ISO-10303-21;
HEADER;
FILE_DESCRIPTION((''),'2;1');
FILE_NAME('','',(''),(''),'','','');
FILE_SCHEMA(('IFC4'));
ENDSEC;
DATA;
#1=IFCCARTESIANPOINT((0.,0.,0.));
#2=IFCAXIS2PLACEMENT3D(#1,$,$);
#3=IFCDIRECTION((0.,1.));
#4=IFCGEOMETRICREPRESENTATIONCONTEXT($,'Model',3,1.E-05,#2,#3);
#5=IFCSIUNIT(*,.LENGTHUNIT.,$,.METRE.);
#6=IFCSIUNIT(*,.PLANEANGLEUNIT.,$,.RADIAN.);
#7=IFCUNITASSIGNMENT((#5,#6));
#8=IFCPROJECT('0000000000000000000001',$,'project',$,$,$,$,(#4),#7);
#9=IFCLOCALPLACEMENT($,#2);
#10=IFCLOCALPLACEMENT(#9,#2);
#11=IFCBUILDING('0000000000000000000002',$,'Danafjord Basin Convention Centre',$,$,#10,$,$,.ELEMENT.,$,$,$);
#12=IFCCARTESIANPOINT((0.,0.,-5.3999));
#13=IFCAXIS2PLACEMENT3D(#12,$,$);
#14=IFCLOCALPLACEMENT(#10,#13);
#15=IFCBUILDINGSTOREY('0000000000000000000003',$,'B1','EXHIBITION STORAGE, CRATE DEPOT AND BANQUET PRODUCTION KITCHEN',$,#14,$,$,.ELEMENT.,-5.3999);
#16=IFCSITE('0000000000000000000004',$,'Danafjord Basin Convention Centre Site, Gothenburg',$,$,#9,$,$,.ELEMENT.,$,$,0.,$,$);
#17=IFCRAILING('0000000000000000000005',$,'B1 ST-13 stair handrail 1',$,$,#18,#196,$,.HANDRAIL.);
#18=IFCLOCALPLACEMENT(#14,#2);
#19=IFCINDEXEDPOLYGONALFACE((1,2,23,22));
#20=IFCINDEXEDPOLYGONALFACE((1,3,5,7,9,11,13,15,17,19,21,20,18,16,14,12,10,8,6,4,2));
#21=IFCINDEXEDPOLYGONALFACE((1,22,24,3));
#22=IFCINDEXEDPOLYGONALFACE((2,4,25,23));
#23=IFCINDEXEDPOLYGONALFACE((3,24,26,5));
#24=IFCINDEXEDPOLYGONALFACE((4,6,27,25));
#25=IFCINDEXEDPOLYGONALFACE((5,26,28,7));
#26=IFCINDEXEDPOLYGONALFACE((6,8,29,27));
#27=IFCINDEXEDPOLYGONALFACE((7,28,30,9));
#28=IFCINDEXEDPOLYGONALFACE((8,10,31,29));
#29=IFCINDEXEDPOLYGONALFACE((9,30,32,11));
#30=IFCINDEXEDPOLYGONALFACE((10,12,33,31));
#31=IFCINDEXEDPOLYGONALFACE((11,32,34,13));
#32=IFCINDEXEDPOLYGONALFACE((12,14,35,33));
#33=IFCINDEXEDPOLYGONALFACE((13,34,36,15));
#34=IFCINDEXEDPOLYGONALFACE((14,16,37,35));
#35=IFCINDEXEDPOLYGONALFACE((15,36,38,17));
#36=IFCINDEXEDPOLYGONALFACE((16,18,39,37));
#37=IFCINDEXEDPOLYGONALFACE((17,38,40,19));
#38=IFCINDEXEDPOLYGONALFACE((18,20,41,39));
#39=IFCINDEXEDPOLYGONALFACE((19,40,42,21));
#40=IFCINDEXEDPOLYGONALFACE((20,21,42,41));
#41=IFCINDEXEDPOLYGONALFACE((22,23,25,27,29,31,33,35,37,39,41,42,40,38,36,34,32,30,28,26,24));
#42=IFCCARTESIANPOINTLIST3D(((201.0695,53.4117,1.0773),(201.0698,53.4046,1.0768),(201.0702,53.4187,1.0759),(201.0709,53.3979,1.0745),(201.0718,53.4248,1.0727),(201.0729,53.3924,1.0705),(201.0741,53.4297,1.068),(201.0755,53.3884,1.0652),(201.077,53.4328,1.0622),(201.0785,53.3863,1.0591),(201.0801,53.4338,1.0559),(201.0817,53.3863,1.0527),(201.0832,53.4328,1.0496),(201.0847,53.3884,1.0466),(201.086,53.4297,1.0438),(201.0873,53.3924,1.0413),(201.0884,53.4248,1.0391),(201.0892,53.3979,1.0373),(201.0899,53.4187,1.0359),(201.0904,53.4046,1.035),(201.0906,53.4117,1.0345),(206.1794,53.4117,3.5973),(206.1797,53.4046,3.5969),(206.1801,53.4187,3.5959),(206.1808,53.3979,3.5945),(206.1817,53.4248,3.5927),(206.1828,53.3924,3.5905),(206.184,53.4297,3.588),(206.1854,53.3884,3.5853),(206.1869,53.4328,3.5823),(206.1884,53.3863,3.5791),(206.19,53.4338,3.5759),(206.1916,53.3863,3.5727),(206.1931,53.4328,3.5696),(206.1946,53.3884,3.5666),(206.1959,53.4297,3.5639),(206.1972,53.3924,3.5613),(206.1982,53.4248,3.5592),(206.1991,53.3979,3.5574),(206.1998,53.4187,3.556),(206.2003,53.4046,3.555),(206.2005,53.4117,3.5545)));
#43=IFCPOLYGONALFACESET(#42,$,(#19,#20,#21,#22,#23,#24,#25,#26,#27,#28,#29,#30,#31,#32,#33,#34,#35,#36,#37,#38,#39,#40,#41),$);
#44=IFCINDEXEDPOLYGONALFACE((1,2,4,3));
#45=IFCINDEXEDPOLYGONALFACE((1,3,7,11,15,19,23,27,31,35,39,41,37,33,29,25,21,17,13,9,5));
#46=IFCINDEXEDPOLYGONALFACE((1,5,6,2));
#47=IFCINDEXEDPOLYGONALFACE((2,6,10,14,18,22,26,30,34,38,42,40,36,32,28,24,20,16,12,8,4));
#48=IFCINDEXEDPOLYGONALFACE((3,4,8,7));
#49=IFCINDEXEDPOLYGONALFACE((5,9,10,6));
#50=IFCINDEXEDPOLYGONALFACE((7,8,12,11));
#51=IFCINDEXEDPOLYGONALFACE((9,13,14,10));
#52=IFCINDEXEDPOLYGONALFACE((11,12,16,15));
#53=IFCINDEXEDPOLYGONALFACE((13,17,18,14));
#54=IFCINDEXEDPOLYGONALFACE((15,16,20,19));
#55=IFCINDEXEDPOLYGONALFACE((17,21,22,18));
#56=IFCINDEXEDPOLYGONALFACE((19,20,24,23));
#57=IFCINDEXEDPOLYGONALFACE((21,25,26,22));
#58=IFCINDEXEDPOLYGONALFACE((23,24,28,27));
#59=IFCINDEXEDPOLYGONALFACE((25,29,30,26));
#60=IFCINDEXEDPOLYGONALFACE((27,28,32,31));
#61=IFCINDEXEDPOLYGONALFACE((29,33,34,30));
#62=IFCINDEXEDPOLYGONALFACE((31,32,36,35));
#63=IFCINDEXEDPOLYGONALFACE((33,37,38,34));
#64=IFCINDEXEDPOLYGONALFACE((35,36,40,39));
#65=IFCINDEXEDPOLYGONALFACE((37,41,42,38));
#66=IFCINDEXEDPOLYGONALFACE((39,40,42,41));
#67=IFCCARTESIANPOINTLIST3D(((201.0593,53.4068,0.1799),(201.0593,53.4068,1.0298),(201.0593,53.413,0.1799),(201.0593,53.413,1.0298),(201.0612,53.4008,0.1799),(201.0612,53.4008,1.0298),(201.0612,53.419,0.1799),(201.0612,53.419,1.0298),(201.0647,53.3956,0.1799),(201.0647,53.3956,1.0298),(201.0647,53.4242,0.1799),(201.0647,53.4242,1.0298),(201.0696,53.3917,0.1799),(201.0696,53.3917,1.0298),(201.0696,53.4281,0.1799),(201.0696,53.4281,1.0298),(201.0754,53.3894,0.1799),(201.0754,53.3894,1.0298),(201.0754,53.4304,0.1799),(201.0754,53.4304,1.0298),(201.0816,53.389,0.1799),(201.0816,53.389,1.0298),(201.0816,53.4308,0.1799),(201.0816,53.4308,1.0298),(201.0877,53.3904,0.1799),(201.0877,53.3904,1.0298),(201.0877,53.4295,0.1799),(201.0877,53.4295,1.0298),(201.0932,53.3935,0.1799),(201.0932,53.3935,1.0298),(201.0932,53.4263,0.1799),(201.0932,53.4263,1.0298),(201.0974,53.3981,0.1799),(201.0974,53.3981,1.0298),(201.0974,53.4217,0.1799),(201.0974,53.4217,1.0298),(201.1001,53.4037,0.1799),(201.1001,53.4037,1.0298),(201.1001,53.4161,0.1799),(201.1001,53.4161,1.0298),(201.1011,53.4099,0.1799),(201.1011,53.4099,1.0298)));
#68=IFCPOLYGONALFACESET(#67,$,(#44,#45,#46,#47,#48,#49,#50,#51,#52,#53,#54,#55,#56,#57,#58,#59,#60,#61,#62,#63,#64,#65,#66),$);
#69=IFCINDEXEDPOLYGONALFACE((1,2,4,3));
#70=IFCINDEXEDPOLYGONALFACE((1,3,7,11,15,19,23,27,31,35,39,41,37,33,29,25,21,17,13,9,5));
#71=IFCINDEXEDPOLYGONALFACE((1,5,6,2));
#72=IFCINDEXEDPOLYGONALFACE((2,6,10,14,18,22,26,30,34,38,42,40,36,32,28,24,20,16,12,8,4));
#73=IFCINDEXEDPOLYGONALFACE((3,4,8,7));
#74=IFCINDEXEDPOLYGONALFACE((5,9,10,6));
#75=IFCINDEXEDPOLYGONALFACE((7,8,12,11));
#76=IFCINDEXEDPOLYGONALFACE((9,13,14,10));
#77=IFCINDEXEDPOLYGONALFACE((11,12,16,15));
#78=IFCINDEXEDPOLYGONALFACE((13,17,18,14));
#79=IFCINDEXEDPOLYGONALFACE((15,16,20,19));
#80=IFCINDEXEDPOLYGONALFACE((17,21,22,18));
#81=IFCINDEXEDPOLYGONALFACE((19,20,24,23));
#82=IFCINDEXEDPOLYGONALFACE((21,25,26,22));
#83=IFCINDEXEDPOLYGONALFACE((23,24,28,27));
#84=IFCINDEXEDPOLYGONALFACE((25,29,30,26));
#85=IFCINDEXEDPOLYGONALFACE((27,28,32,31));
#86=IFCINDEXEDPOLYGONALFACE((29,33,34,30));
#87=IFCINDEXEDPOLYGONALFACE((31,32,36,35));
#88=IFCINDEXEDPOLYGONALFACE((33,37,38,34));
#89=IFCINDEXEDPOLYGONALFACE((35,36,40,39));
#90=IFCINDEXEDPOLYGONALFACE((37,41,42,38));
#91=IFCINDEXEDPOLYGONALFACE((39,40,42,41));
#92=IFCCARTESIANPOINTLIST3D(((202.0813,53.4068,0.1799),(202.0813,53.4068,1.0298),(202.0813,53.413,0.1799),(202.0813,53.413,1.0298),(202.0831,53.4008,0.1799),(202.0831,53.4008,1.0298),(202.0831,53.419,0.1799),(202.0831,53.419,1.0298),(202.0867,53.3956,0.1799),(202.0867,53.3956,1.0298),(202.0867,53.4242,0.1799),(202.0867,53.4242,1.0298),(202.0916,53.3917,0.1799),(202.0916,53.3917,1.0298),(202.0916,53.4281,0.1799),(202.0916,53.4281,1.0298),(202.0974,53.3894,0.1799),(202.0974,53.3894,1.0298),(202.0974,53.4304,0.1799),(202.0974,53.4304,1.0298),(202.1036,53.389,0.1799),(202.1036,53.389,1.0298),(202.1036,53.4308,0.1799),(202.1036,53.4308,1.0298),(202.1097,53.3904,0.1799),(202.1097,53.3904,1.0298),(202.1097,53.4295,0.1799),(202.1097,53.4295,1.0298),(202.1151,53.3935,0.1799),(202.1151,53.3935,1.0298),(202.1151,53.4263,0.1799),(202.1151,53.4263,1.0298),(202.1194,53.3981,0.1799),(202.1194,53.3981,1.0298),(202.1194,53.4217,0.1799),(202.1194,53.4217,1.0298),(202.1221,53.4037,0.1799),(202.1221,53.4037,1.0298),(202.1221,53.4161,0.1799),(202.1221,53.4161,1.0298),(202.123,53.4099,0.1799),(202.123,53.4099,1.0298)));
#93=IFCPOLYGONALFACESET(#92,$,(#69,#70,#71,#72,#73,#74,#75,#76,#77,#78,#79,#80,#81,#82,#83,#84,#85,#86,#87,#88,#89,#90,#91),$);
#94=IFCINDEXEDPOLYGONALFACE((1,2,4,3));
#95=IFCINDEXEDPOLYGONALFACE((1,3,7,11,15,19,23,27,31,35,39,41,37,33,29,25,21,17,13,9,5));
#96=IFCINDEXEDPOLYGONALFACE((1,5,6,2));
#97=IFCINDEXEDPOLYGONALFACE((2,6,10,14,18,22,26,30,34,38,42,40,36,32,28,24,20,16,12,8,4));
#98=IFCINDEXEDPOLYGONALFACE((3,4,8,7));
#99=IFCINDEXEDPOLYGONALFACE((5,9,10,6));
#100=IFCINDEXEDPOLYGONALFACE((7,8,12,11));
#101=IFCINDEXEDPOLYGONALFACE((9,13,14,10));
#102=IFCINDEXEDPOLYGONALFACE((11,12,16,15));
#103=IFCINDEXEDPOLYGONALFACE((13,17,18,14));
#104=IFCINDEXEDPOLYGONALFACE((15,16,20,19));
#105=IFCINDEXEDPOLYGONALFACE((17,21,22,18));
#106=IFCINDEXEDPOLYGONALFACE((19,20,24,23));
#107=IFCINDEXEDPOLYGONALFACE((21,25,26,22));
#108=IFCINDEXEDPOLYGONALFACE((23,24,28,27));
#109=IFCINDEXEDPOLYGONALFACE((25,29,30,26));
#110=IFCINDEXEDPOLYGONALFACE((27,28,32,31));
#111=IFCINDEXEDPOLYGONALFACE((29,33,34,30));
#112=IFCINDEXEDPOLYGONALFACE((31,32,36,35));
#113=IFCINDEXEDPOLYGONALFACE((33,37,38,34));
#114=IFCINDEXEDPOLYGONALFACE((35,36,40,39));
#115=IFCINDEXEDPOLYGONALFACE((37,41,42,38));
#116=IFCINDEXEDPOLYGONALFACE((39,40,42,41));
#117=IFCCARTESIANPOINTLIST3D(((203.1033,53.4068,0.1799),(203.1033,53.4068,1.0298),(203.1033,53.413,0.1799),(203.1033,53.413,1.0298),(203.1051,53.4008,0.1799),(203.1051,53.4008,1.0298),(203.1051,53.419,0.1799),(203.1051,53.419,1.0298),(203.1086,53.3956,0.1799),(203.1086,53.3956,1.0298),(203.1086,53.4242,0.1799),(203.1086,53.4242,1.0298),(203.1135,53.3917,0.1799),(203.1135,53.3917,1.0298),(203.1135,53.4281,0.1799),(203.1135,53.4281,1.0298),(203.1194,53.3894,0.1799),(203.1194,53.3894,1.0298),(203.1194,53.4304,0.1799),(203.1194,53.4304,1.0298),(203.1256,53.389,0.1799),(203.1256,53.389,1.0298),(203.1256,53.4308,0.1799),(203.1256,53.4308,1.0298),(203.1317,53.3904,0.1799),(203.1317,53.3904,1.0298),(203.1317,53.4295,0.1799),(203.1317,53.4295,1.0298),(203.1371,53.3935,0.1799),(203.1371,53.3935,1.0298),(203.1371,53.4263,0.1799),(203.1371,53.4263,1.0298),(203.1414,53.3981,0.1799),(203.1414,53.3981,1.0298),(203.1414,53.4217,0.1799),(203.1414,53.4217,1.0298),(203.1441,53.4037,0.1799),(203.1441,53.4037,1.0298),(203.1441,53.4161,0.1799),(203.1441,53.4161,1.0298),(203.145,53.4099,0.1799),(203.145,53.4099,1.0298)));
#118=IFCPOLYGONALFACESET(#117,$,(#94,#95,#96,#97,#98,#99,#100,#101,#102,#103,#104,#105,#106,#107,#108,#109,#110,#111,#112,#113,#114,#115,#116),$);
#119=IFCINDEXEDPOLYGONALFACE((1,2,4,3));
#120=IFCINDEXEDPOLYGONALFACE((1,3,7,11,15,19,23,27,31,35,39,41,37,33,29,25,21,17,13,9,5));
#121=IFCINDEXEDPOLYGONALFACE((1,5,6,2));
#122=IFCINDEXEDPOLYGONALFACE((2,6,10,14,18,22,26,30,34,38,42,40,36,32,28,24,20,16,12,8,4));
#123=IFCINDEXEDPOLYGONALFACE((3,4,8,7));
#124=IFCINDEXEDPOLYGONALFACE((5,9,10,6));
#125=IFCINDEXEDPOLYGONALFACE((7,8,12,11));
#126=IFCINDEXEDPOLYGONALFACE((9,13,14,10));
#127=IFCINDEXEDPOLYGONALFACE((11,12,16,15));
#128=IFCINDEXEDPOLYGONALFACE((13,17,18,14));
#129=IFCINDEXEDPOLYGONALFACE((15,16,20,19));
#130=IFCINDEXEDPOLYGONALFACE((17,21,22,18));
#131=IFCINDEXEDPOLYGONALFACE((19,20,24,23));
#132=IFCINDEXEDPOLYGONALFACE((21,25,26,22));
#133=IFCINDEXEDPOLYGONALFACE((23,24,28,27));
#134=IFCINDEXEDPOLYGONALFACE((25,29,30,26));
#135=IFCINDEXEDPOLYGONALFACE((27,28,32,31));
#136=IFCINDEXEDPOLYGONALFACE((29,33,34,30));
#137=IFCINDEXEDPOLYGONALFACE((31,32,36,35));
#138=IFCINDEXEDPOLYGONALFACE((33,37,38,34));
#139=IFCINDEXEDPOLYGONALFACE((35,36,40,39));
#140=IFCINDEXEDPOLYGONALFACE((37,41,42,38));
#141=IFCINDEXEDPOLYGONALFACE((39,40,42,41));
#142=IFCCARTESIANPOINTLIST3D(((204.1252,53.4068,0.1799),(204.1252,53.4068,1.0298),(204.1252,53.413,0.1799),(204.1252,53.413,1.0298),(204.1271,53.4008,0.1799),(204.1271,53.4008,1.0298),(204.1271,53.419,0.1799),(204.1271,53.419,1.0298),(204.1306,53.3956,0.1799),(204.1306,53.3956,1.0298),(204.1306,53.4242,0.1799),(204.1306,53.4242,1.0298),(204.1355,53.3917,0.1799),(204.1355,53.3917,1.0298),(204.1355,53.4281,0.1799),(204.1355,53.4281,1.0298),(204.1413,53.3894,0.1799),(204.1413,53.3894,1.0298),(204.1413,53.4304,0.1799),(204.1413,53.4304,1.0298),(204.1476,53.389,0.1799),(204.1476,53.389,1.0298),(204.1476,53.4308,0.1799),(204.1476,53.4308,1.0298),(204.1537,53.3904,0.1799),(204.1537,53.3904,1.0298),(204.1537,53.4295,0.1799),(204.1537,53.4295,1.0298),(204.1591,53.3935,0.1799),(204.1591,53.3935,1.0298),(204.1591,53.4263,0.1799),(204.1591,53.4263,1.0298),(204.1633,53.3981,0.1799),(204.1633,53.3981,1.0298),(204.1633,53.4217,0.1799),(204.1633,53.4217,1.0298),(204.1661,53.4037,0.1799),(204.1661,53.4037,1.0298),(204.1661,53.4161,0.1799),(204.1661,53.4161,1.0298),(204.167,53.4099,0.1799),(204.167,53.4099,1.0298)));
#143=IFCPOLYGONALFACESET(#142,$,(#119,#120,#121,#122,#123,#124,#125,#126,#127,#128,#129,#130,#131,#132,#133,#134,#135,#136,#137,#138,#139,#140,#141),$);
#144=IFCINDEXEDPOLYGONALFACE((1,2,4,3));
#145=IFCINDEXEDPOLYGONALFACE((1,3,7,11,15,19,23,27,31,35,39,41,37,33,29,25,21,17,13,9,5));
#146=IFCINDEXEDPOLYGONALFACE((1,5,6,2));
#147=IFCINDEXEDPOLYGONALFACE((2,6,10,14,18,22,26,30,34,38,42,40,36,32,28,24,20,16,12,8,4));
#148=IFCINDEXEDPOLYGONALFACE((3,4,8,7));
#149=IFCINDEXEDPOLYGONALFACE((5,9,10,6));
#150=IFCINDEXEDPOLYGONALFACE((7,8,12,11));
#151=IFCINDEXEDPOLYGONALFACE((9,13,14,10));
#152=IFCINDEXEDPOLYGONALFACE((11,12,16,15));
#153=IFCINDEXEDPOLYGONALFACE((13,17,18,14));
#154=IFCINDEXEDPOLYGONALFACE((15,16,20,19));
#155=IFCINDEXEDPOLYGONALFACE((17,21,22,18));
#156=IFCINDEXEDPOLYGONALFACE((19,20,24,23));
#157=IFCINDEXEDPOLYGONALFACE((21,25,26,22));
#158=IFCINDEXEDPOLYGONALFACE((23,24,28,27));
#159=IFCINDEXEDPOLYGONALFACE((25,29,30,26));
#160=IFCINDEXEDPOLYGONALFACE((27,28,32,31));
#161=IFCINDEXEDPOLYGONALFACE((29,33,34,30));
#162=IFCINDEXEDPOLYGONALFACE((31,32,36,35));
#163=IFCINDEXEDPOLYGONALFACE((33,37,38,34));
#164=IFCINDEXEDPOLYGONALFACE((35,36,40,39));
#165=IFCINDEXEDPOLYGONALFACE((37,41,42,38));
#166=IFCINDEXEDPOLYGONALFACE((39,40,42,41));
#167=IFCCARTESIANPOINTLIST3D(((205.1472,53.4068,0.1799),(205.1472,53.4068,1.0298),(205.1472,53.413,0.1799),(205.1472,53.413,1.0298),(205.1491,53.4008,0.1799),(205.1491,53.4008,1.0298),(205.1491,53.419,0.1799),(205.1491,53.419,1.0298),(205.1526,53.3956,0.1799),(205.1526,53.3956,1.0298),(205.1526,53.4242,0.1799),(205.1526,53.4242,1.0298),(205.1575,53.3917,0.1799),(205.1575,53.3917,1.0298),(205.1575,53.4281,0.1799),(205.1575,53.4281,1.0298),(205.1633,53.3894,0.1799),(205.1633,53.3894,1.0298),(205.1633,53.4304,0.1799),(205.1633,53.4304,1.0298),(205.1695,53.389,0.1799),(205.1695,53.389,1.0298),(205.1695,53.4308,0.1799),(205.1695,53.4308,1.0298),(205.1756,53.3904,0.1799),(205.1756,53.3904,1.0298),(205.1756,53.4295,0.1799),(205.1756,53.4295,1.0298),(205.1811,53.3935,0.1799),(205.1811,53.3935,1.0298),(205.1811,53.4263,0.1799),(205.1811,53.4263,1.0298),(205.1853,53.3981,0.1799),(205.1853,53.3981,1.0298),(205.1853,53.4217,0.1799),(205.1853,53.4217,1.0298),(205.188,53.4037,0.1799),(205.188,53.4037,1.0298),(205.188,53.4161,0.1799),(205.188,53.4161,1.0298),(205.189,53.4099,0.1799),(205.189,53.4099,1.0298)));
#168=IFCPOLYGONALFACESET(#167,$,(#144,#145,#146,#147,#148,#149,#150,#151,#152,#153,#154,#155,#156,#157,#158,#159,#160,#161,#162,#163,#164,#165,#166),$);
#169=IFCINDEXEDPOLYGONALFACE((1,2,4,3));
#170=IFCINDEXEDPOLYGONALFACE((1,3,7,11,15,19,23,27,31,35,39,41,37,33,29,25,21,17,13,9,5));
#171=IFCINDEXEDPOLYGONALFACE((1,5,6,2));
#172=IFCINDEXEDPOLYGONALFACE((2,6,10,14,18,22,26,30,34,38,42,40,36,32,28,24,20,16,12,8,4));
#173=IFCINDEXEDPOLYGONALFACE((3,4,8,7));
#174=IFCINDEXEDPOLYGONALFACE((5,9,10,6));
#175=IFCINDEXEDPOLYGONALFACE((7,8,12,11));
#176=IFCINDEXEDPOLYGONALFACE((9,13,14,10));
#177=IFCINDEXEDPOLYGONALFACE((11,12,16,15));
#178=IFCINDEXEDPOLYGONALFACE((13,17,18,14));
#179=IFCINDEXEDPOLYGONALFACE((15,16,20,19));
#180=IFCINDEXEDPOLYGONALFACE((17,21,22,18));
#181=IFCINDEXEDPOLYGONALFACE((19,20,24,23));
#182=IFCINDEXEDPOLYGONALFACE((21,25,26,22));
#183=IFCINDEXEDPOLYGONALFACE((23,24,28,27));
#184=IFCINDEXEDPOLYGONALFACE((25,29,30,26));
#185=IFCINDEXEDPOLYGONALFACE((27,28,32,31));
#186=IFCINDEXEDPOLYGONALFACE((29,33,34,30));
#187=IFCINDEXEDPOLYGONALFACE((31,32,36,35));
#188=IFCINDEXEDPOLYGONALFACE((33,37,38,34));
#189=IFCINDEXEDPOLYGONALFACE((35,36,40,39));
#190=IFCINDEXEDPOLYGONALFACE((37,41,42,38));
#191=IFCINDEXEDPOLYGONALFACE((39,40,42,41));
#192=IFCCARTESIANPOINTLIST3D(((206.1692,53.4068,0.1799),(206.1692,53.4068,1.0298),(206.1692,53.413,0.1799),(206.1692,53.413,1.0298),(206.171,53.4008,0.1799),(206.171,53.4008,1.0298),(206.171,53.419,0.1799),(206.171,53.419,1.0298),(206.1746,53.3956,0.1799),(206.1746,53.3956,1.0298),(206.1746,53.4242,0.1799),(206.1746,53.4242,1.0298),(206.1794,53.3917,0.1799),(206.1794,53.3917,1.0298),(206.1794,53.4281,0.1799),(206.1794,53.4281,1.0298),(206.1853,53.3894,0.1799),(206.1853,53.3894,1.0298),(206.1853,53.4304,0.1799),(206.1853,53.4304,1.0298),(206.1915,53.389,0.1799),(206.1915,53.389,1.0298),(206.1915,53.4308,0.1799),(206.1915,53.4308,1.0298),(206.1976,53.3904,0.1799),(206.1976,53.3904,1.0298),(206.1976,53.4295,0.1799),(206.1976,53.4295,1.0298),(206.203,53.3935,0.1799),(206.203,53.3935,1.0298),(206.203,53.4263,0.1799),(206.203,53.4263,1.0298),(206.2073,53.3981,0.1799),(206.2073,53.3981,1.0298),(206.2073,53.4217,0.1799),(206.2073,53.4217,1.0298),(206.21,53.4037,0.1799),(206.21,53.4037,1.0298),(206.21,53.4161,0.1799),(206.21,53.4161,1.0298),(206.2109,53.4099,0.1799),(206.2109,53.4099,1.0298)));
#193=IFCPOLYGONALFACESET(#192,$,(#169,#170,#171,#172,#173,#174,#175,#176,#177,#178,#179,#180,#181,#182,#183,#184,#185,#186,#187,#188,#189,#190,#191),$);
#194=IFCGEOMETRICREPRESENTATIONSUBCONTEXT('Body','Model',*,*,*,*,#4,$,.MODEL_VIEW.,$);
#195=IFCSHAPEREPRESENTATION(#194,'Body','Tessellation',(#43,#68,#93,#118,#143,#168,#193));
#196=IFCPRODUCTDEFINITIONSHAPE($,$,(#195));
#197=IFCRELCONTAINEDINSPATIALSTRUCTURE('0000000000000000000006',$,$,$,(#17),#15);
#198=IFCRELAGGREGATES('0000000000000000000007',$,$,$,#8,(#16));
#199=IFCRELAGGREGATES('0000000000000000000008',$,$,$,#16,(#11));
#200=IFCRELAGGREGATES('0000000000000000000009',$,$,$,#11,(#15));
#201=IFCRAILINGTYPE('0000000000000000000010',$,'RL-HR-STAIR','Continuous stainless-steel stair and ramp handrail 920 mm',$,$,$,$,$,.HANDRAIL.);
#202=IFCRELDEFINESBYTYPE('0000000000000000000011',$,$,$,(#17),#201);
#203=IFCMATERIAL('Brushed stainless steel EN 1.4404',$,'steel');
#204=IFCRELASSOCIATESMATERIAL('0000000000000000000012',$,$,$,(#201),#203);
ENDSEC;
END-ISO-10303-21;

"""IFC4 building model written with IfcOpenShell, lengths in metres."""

from ifc_helpers import new_model, si_unit, direction, frame, origin, origin_2d, place, context, subcontext, project, spatial, circle, extrude, material, type_object, element, save


model = new_model("IFC4")

# Units and contexts
model_context = context("Model", 3, precision=1e-05, world=origin(), true_north=direction((0.0, 1.0)))
body_context = subcontext(model_context, "Body", "Model", "MODEL_VIEW")
ifc_project = project(units=[si_unit("LENGTHUNIT", "METRE"), si_unit("PLANEANGLEUNIT", "RADIAN")], contexts=[model_context])

# Site, building, storey
site_placement = place(None, origin())
site = spatial("IfcSite", under=ifc_project, at=site_placement, Name="Danafjord Basin Convention Centre Site, Gothenburg", CompositionType="ELEMENT", RefElevation=0.0)
building_placement = place(site_placement, origin())
building = spatial("IfcBuilding", under=site, at=building_placement, Name="Danafjord Basin Convention Centre", CompositionType="ELEMENT")
storey_placement = place(building_placement, frame((0.0, 0.0, -5.3999)))
storey = spatial("IfcBuildingStorey", under=building, at=storey_placement, Name="B1", Description="EXHIBITION STORAGE, CRATE DEPOT AND BANQUET PRODUCTION KITCHEN", CompositionType="ELEMENT", Elevation=-5.3999)

# Railing
ifc_material_1 = material(Name="Brushed stainless steel EN 1.4404", Category="steel")
railing_type_1 = type_object("IfcRailingType", Name="RL-HR-STAIR", Description="Continuous stainless-steel stair and ramp handrail 920 mm", PredefinedType="HANDRAIL", material=ifc_material_1)
railing_1_placement = place(storey_placement, frame((201.0801, 53.4099, 0.1799)))
element("IfcRailing", 1, at=railing_1_placement, inside=storey, type_object=railing_type_1, Name="B1 ST-13 stair handrail 1", PredefinedType="HANDRAIL", context=body_context, shape_type="SweptSolid", body=[
    extrude(circle(Radius=0.0239, at=origin_2d()), frame((0.0, 0.0, 0.876), z_axis=(0.896865, 0.0, 0.442305), x_axis=(0.0, 1.0, 0.0)), (0.0, 0.0, 1.0), 5.6975),
    extrude(circle(Radius=0.021, at=origin_2d()), origin(), (0.0, 0.0, 1.0), 0.8499),
    extrude(circle(Radius=0.021, at=origin_2d()), frame((1.022, 0.0, 0.0)), (0.0, 0.0, 1.0), 0.8499),
    extrude(circle(Radius=0.021, at=origin_2d()), frame((2.0439, 0.0, 0.0)), (0.0, 0.0, 1.0), 0.8499),
    extrude(circle(Radius=0.021, at=origin_2d()), frame((3.0659, 0.0, 0.0)), (0.0, 0.0, 1.0), 0.8499),
    extrude(circle(Radius=0.021, at=origin_2d()), frame((4.0879, 0.0, 0.0)), (0.0, 0.0, 1.0), 0.8499),
    extrude(circle(Radius=0.021, at=origin_2d()), frame((5.1099, 0.0, 0.0)), (0.0, 0.0, 1.0), 0.8499),
])

save(model, "model.ifc")
